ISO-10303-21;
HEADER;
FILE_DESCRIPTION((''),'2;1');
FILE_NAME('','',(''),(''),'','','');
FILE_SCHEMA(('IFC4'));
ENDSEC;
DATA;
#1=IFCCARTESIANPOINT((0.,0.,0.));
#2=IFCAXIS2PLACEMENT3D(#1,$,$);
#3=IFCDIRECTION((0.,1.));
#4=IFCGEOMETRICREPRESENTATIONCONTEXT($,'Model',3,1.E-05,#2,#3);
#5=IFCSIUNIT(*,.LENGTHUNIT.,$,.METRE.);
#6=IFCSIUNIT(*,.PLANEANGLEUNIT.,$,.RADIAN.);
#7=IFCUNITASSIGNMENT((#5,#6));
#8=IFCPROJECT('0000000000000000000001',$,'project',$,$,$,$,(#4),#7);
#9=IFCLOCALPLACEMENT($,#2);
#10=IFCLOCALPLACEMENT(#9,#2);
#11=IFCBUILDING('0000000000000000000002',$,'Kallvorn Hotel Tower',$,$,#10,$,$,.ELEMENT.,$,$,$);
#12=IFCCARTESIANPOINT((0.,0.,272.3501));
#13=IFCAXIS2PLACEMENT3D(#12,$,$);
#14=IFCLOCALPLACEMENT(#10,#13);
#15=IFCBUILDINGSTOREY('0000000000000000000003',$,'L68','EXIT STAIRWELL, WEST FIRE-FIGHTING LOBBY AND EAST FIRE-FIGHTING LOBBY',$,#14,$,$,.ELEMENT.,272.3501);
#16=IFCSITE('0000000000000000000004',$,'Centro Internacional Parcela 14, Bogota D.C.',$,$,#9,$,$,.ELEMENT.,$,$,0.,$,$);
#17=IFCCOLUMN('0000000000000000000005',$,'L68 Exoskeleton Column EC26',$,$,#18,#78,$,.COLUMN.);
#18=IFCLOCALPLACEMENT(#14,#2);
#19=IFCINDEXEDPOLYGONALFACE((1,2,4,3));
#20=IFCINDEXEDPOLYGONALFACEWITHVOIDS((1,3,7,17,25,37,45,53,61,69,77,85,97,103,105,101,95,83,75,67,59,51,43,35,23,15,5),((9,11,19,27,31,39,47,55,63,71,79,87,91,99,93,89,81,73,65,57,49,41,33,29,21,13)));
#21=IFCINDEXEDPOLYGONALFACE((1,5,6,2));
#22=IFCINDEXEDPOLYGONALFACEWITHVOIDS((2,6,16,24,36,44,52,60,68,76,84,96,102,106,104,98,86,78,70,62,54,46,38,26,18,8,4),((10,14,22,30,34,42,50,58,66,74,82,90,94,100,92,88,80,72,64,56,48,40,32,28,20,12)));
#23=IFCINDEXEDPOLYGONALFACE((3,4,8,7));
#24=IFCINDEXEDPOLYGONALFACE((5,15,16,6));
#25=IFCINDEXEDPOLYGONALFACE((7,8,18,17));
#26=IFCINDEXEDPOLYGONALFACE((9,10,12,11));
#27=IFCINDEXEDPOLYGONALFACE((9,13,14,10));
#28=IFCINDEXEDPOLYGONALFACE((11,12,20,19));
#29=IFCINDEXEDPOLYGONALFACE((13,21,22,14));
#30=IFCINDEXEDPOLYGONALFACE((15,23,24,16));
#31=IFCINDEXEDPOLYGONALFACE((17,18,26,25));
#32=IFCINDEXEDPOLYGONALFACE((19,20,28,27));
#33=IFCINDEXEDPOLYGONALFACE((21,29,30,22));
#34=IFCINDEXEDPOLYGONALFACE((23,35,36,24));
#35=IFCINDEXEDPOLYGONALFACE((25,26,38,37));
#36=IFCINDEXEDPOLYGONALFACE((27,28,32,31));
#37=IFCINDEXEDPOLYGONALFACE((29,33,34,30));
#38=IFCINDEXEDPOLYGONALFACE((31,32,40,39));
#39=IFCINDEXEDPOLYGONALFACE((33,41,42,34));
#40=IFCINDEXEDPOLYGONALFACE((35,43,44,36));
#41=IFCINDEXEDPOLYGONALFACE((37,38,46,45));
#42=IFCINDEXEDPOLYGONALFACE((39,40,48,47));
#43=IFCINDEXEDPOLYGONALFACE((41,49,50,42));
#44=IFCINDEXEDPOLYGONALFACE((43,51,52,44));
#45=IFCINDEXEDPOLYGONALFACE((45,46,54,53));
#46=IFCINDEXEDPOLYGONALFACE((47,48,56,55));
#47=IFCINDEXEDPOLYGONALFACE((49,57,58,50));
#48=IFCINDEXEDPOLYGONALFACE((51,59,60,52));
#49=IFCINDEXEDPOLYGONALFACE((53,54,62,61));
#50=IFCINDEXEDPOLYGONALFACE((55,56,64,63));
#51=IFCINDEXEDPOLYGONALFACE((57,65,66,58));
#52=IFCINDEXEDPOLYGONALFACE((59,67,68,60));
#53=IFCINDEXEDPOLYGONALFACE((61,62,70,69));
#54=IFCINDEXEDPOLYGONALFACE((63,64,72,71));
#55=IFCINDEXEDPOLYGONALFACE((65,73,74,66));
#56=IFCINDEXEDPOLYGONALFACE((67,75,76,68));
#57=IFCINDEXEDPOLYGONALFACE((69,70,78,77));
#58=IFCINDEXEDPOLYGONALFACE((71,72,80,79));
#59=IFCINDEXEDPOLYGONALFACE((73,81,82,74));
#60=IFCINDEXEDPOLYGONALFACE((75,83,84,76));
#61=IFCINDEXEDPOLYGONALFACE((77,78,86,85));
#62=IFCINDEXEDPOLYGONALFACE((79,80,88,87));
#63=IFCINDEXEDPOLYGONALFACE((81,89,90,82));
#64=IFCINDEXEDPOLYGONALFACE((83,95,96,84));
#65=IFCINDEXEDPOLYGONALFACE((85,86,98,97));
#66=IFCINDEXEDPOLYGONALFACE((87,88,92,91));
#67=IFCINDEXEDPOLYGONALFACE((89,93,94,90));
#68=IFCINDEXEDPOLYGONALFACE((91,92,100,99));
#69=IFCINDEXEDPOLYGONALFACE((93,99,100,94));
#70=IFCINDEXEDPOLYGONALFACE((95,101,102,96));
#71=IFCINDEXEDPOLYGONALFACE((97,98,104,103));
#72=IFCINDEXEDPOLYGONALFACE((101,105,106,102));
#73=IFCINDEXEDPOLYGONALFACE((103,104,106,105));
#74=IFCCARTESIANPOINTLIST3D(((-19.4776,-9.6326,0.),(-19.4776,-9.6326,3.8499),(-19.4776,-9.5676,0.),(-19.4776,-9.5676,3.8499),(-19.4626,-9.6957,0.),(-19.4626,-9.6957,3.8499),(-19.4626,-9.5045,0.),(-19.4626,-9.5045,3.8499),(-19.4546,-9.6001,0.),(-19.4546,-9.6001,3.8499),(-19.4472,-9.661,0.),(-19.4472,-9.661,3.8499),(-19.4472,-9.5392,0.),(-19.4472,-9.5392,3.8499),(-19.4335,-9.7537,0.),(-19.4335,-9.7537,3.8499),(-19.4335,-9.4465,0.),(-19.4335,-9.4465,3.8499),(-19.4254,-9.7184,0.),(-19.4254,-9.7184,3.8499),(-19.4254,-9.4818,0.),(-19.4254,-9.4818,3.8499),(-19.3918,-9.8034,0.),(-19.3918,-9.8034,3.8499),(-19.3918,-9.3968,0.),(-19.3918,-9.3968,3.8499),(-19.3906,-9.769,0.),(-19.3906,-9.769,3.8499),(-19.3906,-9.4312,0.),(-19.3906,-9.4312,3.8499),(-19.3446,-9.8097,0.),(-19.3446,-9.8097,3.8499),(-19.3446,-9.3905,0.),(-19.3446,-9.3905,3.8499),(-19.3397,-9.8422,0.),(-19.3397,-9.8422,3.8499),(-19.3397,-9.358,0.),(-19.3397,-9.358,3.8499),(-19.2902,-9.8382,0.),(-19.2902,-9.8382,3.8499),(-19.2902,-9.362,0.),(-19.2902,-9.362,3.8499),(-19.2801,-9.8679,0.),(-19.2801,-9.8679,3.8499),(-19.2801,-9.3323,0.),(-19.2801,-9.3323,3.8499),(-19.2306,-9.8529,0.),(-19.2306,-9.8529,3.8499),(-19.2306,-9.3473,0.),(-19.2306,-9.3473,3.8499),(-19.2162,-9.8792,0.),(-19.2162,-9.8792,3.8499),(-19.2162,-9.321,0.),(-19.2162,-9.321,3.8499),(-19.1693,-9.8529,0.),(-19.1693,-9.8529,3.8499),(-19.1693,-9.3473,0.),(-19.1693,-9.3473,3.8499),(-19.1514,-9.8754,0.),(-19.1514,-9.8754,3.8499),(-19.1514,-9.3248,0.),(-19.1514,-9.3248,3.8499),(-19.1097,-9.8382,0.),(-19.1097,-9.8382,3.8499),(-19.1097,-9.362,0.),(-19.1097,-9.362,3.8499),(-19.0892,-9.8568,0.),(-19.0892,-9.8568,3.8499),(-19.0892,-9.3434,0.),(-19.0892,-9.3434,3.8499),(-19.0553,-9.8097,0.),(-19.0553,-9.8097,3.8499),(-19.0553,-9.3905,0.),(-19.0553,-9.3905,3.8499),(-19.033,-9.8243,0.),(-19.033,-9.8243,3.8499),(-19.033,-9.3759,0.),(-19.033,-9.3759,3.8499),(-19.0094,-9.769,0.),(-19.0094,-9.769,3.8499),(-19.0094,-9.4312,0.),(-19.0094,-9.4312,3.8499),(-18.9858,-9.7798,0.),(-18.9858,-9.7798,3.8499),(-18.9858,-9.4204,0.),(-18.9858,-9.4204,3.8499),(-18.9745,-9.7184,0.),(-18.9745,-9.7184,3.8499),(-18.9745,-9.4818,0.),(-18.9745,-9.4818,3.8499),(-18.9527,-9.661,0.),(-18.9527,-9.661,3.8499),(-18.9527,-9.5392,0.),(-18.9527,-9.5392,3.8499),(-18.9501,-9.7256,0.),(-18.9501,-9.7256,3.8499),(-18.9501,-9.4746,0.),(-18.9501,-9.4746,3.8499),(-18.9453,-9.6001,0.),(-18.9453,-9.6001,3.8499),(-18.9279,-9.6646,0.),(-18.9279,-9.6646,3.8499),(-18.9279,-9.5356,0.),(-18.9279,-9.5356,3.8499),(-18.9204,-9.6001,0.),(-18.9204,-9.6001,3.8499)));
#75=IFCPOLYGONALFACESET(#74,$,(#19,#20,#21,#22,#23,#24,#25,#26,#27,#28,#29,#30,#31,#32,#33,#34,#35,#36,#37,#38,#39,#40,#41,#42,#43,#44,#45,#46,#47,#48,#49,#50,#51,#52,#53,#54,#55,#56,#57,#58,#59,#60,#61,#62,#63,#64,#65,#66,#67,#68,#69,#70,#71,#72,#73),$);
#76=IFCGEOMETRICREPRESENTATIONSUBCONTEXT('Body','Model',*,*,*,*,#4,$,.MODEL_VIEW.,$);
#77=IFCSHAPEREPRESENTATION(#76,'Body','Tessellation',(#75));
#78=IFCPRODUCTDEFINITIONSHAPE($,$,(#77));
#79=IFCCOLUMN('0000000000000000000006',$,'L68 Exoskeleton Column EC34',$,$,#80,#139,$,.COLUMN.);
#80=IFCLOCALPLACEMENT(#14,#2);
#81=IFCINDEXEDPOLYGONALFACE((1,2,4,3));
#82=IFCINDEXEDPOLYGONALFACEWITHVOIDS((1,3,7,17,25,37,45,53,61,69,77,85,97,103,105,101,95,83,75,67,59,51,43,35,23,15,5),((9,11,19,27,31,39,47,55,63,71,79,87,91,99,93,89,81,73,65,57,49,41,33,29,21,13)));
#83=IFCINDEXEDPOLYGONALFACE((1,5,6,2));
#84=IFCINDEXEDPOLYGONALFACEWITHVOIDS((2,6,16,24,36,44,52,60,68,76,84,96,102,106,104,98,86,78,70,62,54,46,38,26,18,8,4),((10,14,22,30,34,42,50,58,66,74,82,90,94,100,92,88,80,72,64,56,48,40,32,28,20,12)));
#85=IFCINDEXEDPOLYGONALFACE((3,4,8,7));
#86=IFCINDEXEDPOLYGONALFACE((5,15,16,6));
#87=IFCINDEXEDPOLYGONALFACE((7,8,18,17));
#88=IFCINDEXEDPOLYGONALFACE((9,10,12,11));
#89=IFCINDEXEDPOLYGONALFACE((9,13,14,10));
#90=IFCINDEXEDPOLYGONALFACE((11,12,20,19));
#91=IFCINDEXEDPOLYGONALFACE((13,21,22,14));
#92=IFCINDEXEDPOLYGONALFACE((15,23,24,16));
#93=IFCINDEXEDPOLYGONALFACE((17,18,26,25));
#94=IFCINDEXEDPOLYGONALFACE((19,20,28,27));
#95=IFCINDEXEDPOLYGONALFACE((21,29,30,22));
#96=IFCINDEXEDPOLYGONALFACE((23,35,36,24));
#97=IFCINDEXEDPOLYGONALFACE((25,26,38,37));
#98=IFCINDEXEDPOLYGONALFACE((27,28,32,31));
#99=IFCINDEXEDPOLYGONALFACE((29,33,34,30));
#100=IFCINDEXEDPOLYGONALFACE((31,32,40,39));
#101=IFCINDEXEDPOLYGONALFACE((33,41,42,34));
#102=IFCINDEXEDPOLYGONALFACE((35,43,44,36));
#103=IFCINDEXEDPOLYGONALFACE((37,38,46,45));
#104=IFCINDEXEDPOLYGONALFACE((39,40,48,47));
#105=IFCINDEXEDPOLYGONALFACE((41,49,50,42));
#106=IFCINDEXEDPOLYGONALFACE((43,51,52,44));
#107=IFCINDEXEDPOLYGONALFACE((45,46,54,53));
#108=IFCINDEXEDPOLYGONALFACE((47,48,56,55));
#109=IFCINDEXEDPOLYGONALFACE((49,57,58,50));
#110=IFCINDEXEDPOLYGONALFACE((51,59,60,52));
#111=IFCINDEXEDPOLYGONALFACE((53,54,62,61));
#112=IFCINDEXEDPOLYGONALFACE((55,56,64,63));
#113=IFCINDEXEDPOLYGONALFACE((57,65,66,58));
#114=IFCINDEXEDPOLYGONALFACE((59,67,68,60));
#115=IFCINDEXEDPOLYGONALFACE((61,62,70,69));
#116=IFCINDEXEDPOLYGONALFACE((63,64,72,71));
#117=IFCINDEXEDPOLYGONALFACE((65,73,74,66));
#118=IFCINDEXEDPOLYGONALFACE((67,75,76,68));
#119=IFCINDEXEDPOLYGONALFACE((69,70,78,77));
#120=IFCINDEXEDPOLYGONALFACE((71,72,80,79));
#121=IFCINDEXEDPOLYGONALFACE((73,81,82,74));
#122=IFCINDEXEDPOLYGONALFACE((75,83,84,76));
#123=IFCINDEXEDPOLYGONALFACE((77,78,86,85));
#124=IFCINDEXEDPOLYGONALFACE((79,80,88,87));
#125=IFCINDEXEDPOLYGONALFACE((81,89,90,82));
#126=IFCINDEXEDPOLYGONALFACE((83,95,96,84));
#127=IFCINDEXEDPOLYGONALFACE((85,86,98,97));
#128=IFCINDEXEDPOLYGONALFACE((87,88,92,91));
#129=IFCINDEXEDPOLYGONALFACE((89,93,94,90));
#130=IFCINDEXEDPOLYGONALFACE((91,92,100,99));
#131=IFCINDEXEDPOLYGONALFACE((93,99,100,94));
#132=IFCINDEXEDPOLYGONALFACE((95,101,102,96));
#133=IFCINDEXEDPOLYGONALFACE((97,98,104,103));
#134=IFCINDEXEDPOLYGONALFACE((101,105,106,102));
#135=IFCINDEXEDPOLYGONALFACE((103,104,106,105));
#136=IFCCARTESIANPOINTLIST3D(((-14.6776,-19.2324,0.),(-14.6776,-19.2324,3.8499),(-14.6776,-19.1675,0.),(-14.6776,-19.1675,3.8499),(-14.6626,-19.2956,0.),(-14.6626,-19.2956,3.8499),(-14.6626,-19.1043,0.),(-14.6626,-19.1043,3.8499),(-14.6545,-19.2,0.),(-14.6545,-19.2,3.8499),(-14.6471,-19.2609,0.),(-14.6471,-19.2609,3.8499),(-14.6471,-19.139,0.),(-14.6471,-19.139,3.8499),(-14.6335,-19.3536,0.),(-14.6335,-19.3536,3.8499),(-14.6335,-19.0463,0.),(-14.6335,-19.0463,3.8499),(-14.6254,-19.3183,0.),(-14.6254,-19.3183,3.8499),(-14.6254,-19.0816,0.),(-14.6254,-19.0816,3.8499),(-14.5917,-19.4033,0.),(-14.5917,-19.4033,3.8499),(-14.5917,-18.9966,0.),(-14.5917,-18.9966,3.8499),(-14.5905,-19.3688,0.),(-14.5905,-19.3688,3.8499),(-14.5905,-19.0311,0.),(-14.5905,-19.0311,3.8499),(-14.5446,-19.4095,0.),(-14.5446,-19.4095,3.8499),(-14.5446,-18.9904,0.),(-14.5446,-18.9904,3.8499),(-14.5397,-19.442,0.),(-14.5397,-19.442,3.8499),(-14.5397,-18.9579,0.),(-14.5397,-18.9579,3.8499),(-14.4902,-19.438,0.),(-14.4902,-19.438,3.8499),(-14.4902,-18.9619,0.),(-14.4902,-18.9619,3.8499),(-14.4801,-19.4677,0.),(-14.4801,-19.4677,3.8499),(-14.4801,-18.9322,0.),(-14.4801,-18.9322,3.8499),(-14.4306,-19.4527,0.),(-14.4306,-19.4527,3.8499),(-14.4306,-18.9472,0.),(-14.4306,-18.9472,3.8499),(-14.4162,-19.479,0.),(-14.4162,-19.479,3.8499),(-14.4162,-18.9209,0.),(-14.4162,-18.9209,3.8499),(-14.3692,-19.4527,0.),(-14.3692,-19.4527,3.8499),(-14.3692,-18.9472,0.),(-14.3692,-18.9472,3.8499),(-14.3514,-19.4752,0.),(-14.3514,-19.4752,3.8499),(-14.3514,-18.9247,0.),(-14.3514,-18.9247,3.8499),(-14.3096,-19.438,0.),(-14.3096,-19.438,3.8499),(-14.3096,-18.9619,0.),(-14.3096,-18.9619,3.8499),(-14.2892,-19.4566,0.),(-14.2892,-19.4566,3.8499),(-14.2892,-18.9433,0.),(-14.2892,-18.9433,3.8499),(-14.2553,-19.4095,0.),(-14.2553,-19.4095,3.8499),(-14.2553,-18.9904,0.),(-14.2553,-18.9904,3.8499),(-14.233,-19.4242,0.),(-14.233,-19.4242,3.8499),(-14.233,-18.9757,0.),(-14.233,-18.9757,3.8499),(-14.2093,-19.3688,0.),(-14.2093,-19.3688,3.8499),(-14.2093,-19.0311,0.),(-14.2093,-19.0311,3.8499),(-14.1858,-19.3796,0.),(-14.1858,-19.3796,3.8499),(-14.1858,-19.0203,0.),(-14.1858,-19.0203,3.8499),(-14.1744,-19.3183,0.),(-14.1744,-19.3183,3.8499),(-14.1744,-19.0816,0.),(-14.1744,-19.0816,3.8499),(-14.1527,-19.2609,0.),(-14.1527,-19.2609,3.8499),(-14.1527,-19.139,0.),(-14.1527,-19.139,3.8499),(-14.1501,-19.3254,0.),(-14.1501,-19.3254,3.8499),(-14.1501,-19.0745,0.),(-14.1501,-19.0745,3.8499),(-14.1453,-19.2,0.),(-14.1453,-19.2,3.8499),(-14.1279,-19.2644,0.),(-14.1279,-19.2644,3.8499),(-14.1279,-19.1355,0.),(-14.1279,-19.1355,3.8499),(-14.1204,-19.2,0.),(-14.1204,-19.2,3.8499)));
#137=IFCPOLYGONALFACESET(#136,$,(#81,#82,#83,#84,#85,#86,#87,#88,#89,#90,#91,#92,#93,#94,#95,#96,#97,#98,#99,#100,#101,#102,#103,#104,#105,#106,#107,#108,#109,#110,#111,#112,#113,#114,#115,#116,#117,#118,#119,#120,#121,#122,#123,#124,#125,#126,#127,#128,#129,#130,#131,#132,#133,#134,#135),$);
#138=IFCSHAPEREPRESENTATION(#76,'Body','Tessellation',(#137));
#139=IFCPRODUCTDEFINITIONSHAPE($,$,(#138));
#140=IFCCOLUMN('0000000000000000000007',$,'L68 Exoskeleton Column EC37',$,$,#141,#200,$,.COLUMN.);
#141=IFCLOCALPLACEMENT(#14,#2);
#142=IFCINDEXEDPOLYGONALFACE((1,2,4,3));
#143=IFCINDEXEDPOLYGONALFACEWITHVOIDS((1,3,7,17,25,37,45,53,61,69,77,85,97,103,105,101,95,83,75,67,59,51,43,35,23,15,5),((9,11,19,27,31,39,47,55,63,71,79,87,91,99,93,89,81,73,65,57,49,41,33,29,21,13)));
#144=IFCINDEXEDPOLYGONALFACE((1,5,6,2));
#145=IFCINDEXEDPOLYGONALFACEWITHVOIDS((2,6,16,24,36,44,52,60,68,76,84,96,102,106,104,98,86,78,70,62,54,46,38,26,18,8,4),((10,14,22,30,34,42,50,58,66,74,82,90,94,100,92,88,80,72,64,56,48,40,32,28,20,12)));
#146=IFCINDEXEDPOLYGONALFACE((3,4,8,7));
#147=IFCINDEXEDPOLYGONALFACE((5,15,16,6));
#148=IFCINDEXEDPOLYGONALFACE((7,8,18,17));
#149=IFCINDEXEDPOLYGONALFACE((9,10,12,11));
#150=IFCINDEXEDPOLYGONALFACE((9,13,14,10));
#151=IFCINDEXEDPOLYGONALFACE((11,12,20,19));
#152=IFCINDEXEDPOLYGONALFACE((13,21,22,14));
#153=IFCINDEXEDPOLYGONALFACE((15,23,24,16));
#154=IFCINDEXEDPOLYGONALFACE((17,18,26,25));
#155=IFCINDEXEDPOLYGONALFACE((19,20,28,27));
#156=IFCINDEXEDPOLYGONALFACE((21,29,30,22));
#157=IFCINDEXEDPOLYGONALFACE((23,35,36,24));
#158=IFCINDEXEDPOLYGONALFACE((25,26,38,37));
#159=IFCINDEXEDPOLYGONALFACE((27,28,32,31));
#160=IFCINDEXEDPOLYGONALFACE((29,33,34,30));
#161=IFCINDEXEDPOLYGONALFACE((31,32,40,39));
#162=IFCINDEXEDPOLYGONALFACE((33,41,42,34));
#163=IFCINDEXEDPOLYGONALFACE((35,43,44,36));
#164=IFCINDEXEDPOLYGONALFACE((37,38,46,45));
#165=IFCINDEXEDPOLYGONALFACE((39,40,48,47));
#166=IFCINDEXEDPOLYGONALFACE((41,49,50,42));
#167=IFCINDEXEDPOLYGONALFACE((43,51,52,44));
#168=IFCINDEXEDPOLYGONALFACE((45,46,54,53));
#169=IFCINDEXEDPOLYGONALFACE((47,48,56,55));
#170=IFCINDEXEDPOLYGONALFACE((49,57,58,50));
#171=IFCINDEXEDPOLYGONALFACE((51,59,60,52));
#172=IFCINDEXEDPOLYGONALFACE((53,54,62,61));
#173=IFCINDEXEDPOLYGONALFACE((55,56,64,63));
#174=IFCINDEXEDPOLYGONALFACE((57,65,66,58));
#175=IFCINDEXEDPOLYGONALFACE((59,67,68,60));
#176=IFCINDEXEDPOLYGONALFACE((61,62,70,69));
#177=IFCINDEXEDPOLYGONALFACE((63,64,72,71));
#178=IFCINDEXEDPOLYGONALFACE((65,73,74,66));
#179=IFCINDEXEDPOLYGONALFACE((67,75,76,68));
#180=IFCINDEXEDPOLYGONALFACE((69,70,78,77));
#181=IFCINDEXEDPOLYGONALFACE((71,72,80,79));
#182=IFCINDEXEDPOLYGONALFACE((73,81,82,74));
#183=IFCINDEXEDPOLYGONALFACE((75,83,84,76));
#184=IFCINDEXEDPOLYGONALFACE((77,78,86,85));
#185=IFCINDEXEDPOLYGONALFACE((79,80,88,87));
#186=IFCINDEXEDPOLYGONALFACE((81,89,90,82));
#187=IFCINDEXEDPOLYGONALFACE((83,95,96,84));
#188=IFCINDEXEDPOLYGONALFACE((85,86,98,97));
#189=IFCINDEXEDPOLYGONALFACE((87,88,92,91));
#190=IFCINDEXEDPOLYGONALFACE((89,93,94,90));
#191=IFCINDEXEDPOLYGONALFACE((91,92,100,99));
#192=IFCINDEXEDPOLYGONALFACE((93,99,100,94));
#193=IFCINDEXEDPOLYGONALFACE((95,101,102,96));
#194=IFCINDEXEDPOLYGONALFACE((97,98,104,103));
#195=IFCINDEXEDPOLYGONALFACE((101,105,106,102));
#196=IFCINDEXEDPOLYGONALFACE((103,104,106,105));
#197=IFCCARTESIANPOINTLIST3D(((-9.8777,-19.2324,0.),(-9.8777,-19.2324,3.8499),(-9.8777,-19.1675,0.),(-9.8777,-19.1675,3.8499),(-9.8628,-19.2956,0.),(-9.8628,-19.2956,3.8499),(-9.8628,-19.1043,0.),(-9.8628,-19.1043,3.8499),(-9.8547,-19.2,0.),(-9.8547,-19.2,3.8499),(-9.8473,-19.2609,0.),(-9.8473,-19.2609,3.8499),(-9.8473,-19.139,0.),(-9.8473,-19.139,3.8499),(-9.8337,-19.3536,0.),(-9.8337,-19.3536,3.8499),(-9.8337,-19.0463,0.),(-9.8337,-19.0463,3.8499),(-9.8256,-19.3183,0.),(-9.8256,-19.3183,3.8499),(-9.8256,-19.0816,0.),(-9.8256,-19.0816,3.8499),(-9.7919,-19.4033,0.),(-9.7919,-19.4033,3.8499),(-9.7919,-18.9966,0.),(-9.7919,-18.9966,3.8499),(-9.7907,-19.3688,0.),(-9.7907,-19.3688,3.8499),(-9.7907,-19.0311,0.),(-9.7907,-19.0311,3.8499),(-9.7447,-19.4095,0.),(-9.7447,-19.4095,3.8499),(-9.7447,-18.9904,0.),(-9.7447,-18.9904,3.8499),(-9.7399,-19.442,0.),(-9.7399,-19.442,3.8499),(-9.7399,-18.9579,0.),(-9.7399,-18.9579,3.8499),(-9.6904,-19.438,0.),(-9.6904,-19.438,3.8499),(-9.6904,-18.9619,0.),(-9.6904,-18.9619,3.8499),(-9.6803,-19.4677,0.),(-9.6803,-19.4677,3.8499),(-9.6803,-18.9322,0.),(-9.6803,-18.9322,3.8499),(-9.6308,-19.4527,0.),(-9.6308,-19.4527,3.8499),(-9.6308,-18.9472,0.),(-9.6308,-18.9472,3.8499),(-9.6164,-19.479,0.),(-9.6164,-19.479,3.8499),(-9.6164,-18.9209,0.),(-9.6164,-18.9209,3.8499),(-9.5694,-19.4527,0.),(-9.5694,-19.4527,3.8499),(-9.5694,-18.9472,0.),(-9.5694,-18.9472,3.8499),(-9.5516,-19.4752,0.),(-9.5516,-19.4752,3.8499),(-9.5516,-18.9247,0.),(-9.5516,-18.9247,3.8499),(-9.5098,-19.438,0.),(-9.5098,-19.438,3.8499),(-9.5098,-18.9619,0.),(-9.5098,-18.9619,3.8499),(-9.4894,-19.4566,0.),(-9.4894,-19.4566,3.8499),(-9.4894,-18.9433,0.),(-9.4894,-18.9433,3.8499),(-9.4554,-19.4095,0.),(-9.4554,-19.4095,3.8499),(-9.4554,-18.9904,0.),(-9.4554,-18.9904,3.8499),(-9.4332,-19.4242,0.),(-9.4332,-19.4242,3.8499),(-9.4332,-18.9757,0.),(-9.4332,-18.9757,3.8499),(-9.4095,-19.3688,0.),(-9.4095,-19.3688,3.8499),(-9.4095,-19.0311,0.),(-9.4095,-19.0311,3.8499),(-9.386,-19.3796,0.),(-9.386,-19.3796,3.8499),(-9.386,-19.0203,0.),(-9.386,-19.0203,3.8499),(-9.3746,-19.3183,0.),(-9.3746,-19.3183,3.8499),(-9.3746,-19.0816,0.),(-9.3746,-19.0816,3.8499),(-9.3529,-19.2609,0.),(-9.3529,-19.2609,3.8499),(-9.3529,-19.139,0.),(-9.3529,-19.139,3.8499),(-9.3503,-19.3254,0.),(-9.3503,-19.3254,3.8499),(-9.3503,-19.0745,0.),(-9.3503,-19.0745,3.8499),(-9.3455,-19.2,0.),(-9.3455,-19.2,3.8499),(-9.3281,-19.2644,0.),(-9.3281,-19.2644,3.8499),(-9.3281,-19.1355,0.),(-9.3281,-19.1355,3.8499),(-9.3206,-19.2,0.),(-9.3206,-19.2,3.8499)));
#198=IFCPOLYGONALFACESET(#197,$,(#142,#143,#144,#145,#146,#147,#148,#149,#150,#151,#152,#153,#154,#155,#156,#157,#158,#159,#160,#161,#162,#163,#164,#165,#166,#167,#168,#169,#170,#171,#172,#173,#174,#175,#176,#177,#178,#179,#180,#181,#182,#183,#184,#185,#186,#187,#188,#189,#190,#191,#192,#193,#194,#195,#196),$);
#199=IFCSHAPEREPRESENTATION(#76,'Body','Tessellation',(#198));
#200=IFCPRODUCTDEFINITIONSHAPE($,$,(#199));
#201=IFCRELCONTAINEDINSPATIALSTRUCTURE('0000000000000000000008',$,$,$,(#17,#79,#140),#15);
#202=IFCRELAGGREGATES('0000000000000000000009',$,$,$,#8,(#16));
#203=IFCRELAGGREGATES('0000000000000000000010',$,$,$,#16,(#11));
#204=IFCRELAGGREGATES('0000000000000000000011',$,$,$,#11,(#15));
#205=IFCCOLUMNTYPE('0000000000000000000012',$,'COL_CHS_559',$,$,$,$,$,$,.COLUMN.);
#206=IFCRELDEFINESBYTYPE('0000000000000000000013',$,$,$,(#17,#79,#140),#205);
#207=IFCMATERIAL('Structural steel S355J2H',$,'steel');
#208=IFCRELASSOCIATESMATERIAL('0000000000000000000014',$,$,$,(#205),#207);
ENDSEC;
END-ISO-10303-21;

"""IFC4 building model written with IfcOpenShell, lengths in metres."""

from ifc_helpers import new_model, si_unit, direction, frame, origin, origin_2d, place, context, subcontext, project, spatial, hollow_circle, extrude, material, material_profile, profile_set, type_object, element, save


model = new_model("IFC4")

# Units and contexts
model_context = context("Model", 3, precision=1e-05, world=origin(), true_north=direction((0.0, 1.0)))
body_context = subcontext(model_context, "Body", "Model", "MODEL_VIEW")
ifc_project = project(units=[si_unit("LENGTHUNIT", "METRE"), si_unit("PLANEANGLEUNIT", "RADIAN")], contexts=[model_context])

# Site, building, storey
site_placement = place(None, origin())
site = spatial("IfcSite", under=ifc_project, at=site_placement, Name="Centro Internacional Parcela 14, Bogota D.C.", CompositionType="ELEMENT", RefElevation=0.0)
building_placement = place(site_placement, origin())
building = spatial("IfcBuilding", under=site, at=building_placement, Name="Kallvorn Hotel Tower", CompositionType="ELEMENT")
storey_placement = place(building_placement, frame((0.0, 0.0, 272.3501)))
storey = spatial("IfcBuildingStorey", under=building, at=storey_placement, Name="L68", Description="EXIT STAIRWELL, WEST FIRE-FIGHTING LOBBY AND EAST FIRE-FIGHTING LOBBY", CompositionType="ELEMENT", Elevation=272.3501)

# Columns
ifc_material_1 = material(Name="Structural steel S355J2H", Category="steel")
ifc_material_profile_1 = material_profile(ifc_material_1, hollow_circle(Radius=0.2795, WallThickness=0.0249, at=origin_2d()), Name="CHS 559x25")
ifc_profile_set_1 = profile_set([ifc_material_profile_1], Name="Structural steel S355J2H")
column_type_1 = type_object("IfcColumnType", Name="COL_CHS_559", PredefinedType="COLUMN", material=ifc_profile_set_1)
for number, where, z_axis, x_axis, name in (
    (1, (-19.2, -9.6001, 0.0), (0.0, 0.0, 1.0), (1.0, 0.0, 0.0), "L68 Exoskeleton Column EC26"),
    (2, (-14.3999, -19.2, 0.0), (0.0, 0.0, 1.0), (1.0, 0.0, 0.0), "L68 Exoskeleton Column EC34"),
    (3, (-9.6001, -19.2, 0.0), (0.0, 0.0, 1.0), (1.0, 0.0, 0.0), "L68 Exoskeleton Column EC37"),
):
    element("IfcColumn", number, at=place(storey_placement, frame(where, z_axis=z_axis, x_axis=x_axis)), inside=storey, type_object=column_type_1, Name=name, PredefinedType="COLUMN", context=body_context, shape_type="SweptSolid", body=[
        extrude(hollow_circle(Radius=0.2795, WallThickness=0.0249, at=origin_2d()), origin(), (0.0, 0.0, 1.0), 3.8499),
    ])

save(model, "model.ifc")
